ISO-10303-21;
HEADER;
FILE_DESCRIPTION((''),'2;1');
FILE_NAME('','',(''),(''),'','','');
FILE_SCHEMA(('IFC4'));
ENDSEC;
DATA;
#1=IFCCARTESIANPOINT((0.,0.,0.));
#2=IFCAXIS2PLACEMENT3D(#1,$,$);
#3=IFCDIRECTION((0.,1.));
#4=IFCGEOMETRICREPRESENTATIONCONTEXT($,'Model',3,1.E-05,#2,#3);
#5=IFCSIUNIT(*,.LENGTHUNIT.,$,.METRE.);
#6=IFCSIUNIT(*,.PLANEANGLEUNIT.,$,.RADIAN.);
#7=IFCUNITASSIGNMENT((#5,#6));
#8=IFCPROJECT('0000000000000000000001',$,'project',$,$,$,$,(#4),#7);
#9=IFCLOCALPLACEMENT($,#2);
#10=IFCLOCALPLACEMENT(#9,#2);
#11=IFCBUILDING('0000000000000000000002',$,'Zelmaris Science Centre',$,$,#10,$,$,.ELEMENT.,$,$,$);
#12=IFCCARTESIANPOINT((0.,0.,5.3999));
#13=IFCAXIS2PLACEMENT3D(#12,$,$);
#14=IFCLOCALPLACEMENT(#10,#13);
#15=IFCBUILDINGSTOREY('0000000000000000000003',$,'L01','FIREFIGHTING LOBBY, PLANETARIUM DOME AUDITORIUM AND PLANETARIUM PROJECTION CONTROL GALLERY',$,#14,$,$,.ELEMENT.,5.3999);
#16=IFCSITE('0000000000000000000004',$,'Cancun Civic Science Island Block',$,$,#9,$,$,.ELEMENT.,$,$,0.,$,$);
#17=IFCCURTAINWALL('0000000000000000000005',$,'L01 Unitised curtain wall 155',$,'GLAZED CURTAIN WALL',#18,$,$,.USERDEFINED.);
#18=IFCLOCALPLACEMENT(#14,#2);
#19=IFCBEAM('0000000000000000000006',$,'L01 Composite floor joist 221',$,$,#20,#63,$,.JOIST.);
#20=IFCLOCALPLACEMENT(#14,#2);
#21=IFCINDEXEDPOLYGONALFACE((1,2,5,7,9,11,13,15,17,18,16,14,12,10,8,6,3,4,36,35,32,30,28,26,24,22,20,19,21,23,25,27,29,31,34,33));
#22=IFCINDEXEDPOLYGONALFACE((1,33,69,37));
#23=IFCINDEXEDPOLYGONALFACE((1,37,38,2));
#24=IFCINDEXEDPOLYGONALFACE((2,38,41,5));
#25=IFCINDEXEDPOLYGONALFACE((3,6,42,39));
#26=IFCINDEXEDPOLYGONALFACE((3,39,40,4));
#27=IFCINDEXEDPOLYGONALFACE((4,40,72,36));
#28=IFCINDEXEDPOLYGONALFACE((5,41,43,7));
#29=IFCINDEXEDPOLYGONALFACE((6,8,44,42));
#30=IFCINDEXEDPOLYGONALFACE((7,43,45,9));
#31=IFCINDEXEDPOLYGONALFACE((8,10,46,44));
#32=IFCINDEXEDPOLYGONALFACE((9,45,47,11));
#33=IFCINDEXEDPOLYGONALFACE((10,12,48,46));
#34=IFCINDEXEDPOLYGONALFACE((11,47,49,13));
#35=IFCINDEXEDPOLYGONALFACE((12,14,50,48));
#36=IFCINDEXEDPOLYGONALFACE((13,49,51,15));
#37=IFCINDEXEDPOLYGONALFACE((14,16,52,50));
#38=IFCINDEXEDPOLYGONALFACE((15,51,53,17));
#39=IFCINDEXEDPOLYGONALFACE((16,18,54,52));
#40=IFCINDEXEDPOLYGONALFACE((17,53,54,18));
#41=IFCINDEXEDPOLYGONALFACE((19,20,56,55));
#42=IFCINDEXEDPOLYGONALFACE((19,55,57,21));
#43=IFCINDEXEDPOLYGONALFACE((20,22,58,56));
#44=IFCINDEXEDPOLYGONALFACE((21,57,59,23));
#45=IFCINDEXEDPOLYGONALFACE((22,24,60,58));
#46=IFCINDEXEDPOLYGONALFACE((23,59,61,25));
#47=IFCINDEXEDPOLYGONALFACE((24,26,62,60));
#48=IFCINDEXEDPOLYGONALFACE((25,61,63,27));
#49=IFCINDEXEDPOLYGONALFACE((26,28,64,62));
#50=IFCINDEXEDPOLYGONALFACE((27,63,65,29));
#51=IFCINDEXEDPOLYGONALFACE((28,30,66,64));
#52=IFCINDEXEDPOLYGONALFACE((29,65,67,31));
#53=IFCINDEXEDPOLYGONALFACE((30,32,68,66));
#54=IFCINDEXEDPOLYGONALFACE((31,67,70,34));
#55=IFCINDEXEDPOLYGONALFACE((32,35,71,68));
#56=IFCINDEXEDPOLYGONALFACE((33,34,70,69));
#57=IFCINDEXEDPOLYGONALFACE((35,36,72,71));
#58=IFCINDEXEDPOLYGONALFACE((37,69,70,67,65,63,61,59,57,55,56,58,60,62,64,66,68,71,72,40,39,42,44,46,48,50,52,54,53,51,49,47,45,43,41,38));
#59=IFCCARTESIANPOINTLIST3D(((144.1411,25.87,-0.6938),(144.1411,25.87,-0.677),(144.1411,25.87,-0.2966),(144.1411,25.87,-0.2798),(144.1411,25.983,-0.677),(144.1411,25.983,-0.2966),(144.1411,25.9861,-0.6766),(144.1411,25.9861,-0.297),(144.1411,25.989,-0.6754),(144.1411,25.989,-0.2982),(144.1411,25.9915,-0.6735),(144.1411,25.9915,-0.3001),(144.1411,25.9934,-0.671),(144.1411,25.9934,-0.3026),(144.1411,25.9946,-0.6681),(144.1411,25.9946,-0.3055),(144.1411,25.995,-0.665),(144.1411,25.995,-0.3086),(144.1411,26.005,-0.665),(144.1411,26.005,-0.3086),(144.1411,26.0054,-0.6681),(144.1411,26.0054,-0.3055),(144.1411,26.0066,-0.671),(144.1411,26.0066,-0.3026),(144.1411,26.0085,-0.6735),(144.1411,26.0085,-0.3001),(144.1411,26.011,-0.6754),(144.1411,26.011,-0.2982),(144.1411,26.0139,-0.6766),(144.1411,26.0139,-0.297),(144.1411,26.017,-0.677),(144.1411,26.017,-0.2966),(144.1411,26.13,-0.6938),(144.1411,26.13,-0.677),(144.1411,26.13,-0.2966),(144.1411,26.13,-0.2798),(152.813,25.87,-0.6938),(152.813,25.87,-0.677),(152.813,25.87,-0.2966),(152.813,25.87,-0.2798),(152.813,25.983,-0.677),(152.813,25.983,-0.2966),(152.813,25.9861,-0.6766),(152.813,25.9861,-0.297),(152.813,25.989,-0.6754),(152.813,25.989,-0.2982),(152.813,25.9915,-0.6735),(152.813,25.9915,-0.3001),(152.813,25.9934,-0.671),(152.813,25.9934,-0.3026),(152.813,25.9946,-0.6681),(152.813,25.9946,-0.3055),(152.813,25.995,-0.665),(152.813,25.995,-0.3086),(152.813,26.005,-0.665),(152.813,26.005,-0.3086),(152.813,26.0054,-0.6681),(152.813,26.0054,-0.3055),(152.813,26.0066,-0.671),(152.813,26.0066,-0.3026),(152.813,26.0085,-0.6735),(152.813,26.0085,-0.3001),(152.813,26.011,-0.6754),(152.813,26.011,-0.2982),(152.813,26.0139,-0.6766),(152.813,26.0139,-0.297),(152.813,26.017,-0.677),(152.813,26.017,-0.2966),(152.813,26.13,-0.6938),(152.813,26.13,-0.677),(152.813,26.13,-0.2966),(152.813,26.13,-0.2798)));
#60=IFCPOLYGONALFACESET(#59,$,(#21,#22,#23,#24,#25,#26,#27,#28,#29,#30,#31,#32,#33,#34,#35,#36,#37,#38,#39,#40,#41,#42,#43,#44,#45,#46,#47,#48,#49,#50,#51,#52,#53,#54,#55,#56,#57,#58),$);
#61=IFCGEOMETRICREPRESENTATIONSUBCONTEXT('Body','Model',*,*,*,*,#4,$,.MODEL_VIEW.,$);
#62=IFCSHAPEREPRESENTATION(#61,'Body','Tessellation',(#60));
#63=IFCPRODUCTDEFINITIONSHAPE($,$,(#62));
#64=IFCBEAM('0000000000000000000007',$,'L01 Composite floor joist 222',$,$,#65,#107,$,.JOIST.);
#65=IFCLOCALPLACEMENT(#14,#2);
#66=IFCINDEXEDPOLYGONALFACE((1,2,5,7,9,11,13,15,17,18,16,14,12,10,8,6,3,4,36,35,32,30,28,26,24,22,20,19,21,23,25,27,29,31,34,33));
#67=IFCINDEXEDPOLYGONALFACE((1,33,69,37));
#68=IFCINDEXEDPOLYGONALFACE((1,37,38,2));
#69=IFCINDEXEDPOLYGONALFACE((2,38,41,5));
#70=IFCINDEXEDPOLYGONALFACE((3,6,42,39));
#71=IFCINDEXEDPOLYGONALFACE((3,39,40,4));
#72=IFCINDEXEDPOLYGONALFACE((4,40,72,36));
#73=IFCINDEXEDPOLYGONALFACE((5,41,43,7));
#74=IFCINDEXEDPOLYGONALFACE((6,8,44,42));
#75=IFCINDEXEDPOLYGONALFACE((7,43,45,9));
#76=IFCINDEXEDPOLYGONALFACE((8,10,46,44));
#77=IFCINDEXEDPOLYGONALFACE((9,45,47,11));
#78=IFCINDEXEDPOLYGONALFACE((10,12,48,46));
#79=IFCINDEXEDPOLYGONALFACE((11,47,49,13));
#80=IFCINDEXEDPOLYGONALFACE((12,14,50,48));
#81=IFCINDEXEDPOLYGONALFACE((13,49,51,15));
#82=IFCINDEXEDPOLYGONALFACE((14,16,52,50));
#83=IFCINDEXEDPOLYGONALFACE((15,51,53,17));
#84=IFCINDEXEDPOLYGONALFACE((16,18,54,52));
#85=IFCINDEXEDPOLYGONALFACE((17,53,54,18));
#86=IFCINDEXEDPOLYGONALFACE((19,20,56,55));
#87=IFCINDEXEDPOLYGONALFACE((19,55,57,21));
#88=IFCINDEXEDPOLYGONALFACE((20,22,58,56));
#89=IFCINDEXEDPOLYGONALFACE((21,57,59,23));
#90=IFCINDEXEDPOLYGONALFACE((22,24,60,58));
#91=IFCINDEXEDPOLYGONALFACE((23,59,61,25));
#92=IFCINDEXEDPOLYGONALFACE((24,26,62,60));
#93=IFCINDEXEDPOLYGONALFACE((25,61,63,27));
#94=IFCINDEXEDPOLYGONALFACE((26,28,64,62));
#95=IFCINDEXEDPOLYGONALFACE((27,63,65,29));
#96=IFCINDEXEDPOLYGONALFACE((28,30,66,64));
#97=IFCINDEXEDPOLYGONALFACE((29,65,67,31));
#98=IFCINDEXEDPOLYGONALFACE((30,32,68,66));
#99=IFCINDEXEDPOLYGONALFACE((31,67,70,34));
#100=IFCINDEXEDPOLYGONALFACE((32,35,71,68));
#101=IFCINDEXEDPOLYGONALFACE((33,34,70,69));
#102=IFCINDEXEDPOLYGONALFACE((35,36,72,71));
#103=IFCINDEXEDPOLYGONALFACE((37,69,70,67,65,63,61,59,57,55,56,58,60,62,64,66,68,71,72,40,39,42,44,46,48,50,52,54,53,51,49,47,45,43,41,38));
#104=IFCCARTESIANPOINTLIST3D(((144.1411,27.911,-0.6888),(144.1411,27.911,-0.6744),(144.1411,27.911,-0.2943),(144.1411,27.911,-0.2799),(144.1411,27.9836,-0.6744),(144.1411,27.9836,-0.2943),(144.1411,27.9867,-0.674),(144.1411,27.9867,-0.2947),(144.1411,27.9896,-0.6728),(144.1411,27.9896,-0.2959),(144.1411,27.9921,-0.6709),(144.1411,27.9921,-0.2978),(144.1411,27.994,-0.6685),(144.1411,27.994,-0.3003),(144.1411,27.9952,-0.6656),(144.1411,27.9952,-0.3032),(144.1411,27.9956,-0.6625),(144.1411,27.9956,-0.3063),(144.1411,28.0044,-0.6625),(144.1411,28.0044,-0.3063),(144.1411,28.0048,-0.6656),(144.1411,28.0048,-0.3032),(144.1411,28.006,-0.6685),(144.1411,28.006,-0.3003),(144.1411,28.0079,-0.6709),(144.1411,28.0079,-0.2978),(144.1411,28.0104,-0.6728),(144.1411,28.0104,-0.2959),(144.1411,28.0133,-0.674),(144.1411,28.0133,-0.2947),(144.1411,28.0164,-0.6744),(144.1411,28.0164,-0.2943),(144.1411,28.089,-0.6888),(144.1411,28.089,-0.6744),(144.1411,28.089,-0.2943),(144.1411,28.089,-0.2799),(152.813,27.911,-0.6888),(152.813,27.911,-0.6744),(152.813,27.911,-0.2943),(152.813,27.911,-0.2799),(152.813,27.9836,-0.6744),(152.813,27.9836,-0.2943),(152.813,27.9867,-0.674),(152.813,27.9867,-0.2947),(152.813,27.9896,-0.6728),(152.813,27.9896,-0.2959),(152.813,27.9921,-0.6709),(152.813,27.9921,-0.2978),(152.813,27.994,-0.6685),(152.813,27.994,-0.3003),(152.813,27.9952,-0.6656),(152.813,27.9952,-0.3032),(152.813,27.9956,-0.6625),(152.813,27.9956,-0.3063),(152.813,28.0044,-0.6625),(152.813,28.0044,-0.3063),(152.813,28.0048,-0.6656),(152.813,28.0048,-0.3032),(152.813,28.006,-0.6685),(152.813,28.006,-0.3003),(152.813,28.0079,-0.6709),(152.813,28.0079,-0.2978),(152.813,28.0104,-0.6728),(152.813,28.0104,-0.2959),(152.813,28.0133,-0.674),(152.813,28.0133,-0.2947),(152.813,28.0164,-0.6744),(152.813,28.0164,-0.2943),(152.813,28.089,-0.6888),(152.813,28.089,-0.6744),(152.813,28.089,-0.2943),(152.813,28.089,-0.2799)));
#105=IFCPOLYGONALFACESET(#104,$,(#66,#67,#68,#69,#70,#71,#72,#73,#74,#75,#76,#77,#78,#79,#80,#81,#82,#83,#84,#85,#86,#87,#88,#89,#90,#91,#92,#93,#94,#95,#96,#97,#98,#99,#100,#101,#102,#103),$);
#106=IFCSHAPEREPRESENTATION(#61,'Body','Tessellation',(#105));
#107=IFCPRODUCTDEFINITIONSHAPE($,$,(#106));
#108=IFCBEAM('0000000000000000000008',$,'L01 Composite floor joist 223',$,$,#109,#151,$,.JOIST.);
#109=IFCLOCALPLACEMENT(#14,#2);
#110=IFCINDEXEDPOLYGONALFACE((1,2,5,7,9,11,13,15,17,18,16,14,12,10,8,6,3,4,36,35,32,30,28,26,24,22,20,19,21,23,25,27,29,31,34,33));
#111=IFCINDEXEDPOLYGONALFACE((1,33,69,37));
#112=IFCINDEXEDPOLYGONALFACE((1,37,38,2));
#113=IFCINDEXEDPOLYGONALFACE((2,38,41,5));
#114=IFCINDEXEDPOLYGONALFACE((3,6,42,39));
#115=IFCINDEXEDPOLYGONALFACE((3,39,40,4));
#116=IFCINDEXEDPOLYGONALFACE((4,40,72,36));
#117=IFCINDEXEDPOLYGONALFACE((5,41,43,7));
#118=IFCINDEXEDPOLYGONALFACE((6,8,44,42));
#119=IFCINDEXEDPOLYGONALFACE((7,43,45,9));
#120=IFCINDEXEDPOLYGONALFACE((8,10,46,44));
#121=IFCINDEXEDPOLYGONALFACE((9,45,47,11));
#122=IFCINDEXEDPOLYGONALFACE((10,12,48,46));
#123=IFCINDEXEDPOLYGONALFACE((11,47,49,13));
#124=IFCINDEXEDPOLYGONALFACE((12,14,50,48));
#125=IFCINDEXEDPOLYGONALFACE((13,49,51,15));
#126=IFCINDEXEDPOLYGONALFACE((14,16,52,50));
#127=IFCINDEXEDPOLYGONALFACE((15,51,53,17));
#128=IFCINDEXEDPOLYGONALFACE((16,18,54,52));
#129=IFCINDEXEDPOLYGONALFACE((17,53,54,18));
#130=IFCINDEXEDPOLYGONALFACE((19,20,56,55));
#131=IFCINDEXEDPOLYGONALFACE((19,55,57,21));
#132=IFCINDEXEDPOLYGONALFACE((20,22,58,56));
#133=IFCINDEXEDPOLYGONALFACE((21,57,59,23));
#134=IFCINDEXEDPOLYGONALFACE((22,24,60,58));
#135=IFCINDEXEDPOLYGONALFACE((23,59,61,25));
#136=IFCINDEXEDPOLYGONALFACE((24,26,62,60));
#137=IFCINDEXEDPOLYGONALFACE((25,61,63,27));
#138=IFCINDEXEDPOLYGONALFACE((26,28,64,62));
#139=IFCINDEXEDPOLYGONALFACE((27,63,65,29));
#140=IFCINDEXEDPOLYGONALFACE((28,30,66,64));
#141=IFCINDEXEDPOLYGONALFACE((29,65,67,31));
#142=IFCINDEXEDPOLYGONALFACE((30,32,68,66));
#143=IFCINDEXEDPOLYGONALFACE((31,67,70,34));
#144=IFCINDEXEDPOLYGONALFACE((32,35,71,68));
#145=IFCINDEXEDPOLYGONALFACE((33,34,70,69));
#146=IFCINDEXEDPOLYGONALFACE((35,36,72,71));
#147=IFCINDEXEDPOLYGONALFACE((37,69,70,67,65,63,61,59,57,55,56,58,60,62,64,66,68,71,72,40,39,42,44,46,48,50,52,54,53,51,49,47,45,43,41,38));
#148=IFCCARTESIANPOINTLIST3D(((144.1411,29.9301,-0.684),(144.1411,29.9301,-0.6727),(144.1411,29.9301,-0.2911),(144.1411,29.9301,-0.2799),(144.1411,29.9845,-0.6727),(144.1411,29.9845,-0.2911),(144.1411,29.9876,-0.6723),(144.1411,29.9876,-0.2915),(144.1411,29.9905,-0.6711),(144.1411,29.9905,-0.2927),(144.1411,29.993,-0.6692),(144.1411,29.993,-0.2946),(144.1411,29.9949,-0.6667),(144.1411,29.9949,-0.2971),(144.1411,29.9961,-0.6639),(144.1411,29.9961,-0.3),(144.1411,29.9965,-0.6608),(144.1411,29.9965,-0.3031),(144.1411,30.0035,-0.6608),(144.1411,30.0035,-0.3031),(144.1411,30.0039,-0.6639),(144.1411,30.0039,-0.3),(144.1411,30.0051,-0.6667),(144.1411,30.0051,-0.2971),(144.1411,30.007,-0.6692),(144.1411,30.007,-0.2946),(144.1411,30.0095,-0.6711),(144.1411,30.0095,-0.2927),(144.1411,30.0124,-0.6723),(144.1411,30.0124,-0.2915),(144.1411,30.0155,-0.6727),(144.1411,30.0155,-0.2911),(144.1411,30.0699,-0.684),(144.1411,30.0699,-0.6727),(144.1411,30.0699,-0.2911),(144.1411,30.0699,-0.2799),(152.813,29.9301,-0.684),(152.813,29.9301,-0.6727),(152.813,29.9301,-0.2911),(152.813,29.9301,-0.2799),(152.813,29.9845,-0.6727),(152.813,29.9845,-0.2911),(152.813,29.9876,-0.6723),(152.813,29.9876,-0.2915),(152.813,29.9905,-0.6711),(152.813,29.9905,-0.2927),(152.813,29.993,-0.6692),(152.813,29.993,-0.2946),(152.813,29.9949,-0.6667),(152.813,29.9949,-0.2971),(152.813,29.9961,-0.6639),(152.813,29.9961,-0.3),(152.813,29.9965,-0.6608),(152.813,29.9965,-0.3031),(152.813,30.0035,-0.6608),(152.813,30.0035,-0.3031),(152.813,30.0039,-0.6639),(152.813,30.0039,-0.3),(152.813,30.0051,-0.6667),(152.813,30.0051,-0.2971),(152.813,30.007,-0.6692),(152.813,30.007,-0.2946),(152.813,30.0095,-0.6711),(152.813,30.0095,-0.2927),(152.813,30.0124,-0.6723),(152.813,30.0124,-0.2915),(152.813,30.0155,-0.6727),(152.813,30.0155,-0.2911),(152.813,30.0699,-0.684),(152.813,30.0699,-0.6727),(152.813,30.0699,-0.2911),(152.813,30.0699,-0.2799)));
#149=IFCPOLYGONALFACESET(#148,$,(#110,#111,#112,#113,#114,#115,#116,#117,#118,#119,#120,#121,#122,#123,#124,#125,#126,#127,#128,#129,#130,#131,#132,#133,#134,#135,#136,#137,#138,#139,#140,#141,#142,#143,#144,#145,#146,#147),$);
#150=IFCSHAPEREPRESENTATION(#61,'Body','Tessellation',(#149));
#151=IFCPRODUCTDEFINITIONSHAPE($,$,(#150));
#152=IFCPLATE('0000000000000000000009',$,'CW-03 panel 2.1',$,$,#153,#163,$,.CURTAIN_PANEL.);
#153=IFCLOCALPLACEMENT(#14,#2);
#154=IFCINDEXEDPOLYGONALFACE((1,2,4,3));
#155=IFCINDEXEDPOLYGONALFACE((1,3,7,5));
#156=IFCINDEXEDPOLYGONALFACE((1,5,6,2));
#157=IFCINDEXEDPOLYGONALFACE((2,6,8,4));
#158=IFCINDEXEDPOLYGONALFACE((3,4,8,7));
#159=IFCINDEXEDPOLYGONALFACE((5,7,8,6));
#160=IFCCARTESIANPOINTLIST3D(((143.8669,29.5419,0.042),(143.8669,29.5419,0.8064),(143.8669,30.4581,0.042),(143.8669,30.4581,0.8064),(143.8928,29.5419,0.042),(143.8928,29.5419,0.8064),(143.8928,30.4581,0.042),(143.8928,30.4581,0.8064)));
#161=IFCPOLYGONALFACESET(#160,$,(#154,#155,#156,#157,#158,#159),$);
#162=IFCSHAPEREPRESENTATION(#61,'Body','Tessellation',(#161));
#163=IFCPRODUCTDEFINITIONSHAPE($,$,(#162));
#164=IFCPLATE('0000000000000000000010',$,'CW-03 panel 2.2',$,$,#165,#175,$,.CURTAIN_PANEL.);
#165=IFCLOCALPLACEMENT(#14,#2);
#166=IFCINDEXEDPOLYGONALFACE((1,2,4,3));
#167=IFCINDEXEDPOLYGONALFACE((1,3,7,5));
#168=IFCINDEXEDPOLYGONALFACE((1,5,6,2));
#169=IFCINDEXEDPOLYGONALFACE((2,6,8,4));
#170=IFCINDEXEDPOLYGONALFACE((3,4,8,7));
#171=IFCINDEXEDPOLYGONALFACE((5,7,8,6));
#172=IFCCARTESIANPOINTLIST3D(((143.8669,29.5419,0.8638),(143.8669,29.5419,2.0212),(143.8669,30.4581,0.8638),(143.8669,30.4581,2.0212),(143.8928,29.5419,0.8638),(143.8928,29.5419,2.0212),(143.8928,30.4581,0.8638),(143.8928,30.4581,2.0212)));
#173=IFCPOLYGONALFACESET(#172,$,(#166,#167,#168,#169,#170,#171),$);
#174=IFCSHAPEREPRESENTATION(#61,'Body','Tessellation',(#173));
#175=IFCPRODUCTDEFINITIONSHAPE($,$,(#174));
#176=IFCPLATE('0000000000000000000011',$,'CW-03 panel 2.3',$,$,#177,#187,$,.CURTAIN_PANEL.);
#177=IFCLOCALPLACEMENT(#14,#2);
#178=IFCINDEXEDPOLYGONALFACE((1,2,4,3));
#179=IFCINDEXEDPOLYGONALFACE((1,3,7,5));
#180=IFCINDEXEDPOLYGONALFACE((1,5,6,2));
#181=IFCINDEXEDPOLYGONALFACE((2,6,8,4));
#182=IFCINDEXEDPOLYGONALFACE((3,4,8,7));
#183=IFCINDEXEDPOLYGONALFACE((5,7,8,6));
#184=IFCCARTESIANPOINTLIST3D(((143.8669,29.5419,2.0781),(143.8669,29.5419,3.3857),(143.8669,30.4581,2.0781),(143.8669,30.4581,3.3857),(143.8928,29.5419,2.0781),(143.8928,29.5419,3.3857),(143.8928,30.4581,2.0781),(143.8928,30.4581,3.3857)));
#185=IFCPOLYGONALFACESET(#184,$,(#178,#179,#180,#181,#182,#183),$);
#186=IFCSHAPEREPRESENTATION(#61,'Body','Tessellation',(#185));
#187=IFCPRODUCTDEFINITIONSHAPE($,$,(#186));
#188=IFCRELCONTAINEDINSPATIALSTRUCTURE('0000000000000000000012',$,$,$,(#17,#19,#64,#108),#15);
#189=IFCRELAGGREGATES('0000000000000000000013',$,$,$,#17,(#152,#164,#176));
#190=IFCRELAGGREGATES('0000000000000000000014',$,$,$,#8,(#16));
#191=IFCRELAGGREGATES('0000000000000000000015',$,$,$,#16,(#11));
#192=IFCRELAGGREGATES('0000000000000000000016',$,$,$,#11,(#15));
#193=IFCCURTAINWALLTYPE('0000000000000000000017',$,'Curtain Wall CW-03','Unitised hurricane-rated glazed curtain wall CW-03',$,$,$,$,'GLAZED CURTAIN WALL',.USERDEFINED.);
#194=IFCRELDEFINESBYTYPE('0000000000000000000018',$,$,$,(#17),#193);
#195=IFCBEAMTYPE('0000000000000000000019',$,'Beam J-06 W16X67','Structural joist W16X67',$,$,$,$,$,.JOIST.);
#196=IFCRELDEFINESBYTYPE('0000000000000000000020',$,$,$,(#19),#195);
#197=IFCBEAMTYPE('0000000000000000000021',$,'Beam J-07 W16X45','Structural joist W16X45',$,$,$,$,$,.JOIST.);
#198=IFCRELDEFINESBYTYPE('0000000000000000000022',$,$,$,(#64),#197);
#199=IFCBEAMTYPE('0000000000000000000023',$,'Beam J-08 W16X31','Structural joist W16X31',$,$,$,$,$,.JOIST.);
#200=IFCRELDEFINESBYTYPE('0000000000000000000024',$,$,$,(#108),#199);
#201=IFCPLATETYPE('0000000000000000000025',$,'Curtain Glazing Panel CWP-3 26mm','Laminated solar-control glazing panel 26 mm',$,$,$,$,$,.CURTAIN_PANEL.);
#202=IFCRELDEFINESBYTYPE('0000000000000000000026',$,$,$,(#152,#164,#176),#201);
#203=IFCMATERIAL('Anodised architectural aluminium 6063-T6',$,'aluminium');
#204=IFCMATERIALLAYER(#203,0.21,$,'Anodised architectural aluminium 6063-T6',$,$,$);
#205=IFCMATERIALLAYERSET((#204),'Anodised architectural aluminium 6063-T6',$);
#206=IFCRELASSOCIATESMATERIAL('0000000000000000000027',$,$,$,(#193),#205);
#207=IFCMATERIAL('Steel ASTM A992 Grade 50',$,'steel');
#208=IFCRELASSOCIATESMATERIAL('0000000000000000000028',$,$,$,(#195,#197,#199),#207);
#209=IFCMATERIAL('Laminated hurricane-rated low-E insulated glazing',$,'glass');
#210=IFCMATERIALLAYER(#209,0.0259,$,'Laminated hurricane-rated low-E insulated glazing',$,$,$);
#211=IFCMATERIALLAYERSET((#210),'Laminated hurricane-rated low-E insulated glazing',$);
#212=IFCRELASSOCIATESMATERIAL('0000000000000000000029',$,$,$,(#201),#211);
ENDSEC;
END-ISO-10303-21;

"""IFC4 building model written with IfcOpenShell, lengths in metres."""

from ifc_helpers import new_model, si_unit, direction, frame, origin, origin_2d, place, context, subcontext, project, spatial, rectangle, i_section, extrude, material, layer, layer_set, material_profile, profile_set, type_object, element, aggregate, save


model = new_model("IFC4")

# Units and contexts
model_context = context("Model", 3, precision=1e-05, world=origin(), true_north=direction((0.0, 1.0)))
body_context = subcontext(model_context, "Body", "Model", "MODEL_VIEW")
ifc_project = project(units=[si_unit("LENGTHUNIT", "METRE"), si_unit("PLANEANGLEUNIT", "RADIAN")], contexts=[model_context])

# Site, building, storey
site_placement = place(None, origin())
site = spatial("IfcSite", under=ifc_project, at=site_placement, Name="Cancun Civic Science Island Block", CompositionType="ELEMENT", RefElevation=0.0)
building_placement = place(site_placement, origin())
building = spatial("IfcBuilding", under=site, at=building_placement, Name="Zelmaris Science Centre", CompositionType="ELEMENT")
storey_placement = place(building_placement, frame((0.0, 0.0, 5.3999)))
storey = spatial("IfcBuildingStorey", under=building, at=storey_placement, Name="L01", Description="FIREFIGHTING LOBBY, PLANETARIUM DOME AUDITORIUM AND PLANETARIUM PROJECTION CONTROL GALLERY", CompositionType="ELEMENT", Elevation=5.3999)

# Curtain wall
ifc_material_1 = material(Name="Anodised architectural aluminium 6063-T6", Category="aluminium")
ifc_layer_1 = layer(ifc_material_1, 0.21, Name="Anodised architectural aluminium 6063-T6")
ifc_layer_set_1 = layer_set([ifc_layer_1], Name="Anodised architectural aluminium 6063-T6")
curtain_wall_type = type_object("IfcCurtainWallType", Name="Curtain Wall CW-03", Description="Unitised hurricane-rated glazed curtain wall CW-03", ElementType="GLAZED CURTAIN WALL", PredefinedType="USERDEFINED", material=ifc_layer_set_1)
curtain_wall_placement = place(storey_placement, origin())
curtain_wall = element("IfcCurtainWall", 1, at=curtain_wall_placement, inside=storey, type_object=curtain_wall_type, Name="L01 Unitised curtain wall 155", ObjectType="GLAZED CURTAIN WALL", PredefinedType="USERDEFINED")

# Beams
ifc_material_2 = material(Name="Steel ASTM A992 Grade 50", Category="steel")
ifc_material_profile_1 = material_profile(ifc_material_2, i_section(OverallWidth=0.26, OverallDepth=0.4141, WebThickness=0.01, FlangeThickness=0.0168, FilletRadius=0.012, at=origin_2d()), Name="W16X67")
ifc_profile_set_1 = profile_set([ifc_material_profile_1], Name="Steel ASTM A992 Grade 50")
beam_type_1 = type_object("IfcBeamType", Name="Beam J-06 W16X67", Description="Structural joist W16X67", PredefinedType="JOIST", material=ifc_profile_set_1)
beam_1_placement = place(storey_placement, frame((144.1411, 26.0, -0.4868), z_axis=(1.0, 0.0, 0.0), x_axis=(0.0, 1.0, 0.0)))
element("IfcBeam", 2, at=beam_1_placement, inside=storey, type_object=beam_type_1, Name="L01 Composite floor joist 221", PredefinedType="JOIST", context=body_context, shape_type="SweptSolid", body=[
    extrude(i_section(OverallWidth=0.26, OverallDepth=0.4141, WebThickness=0.01, FlangeThickness=0.0168, FilletRadius=0.012, at=origin_2d()), origin(), (0.0, 0.0, 1.0), 8.6719),
])
ifc_material_profile_2 = material_profile(ifc_material_2, i_section(OverallWidth=0.178, OverallDepth=0.4089, WebThickness=0.0088, FlangeThickness=0.0144, FilletRadius=0.012, at=origin_2d()), Name="W16X45")
ifc_profile_set_2 = profile_set([ifc_material_profile_2], Name="Steel ASTM A992 Grade 50")
beam_type_2 = type_object("IfcBeamType", Name="Beam J-07 W16X45", Description="Structural joist W16X45", PredefinedType="JOIST", material=ifc_profile_set_2)
beam_2_placement = place(storey_placement, frame((144.1411, 28.0, -0.4844), z_axis=(1.0, 0.0, 0.0), x_axis=(0.0, 1.0, 0.0)))
element("IfcBeam", 3, at=beam_2_placement, inside=storey, type_object=beam_type_2, Name="L01 Composite floor joist 222", PredefinedType="JOIST", context=body_context, shape_type="SweptSolid", body=[
    extrude(i_section(OverallWidth=0.178, OverallDepth=0.4089, WebThickness=0.0088, FlangeThickness=0.0144, FilletRadius=0.012, at=origin_2d()), origin(), (0.0, 0.0, 1.0), 8.6719),
])
ifc_material_profile_3 = material_profile(ifc_material_2, i_section(OverallWidth=0.1399, OverallDepth=0.4041, WebThickness=0.0071, FlangeThickness=0.0112, FilletRadius=0.012, at=origin_2d()), Name="W16X31")
ifc_profile_set_3 = profile_set([ifc_material_profile_3], Name="Steel ASTM A992 Grade 50")
beam_type_3 = type_object("IfcBeamType", Name="Beam J-08 W16X31", Description="Structural joist W16X31", PredefinedType="JOIST", material=ifc_profile_set_3)
beam_3_placement = place(storey_placement, frame((144.1411, 30.0, -0.4819), z_axis=(1.0, 0.0, 0.0), x_axis=(0.0, 1.0, 0.0)))
element("IfcBeam", 4, at=beam_3_placement, inside=storey, type_object=beam_type_3, Name="L01 Composite floor joist 223", PredefinedType="JOIST", context=body_context, shape_type="SweptSolid", body=[
    extrude(i_section(OverallWidth=0.1399, OverallDepth=0.4041, WebThickness=0.0071, FlangeThickness=0.0112, FilletRadius=0.012, at=origin_2d()), origin(), (0.0, 0.0, 1.0), 8.6719),
])

# Plates
ifc_material_3 = material(Name="Laminated hurricane-rated low-E insulated glazing", Category="glass")
ifc_layer_2 = layer(ifc_material_3, 0.0259, Name="Laminated hurricane-rated low-E insulated glazing")
ifc_layer_set_2 = layer_set([ifc_layer_2], Name="Laminated hurricane-rated low-E insulated glazing")
plate_type = type_object("IfcPlateType", Name="Curtain Glazing Panel CWP-3 26mm", Description="Laminated solar-control glazing panel 26 mm", PredefinedType="CURTAIN_PANEL", material=ifc_layer_set_2)
plate_1_placement = place(storey_placement, frame((143.8799, 30.0, 0.042), z_axis=(0.0, 0.0, 1.0), x_axis=(0.0, -1.0, 0.0)))
plate_1 = element("IfcPlate", 5, at=plate_1_placement, type_object=plate_type, Name="CW-03 panel 2.1", PredefinedType="CURTAIN_PANEL", context=body_context, shape_type="SweptSolid", body=[
    extrude(rectangle(XDim=0.9163, YDim=0.0259, at=origin_2d()), origin(), (0.0, 0.0, 1.0), 0.7644),
])
plate_2_placement = place(storey_placement, frame((143.8799, 30.0, 0.8638), z_axis=(0.0, 0.0, 1.0), x_axis=(0.0, -1.0, 0.0)))
plate_2 = element("IfcPlate", 6, at=plate_2_placement, type_object=plate_type, Name="CW-03 panel 2.2", PredefinedType="CURTAIN_PANEL", context=body_context, shape_type="SweptSolid", body=[
    extrude(rectangle(XDim=0.9163, YDim=0.0259, at=origin_2d()), origin(), (0.0, 0.0, 1.0), 1.1575),
])
plate_3_placement = place(storey_placement, frame((143.8799, 30.0, 2.0781), z_axis=(0.0, 0.0, 1.0), x_axis=(0.0, -1.0, 0.0)))
plate_3 = element("IfcPlate", 7, at=plate_3_placement, type_object=plate_type, Name="CW-03 panel 2.3", PredefinedType="CURTAIN_PANEL", context=body_context, shape_type="SweptSolid", body=[
    extrude(rectangle(XDim=0.9163, YDim=0.0259, at=origin_2d()), origin(), (0.0, 0.0, 1.0), 1.3076),
])
aggregate(curtain_wall, [plate_1, plate_2, plate_3])

save(model, "model.ifc")
